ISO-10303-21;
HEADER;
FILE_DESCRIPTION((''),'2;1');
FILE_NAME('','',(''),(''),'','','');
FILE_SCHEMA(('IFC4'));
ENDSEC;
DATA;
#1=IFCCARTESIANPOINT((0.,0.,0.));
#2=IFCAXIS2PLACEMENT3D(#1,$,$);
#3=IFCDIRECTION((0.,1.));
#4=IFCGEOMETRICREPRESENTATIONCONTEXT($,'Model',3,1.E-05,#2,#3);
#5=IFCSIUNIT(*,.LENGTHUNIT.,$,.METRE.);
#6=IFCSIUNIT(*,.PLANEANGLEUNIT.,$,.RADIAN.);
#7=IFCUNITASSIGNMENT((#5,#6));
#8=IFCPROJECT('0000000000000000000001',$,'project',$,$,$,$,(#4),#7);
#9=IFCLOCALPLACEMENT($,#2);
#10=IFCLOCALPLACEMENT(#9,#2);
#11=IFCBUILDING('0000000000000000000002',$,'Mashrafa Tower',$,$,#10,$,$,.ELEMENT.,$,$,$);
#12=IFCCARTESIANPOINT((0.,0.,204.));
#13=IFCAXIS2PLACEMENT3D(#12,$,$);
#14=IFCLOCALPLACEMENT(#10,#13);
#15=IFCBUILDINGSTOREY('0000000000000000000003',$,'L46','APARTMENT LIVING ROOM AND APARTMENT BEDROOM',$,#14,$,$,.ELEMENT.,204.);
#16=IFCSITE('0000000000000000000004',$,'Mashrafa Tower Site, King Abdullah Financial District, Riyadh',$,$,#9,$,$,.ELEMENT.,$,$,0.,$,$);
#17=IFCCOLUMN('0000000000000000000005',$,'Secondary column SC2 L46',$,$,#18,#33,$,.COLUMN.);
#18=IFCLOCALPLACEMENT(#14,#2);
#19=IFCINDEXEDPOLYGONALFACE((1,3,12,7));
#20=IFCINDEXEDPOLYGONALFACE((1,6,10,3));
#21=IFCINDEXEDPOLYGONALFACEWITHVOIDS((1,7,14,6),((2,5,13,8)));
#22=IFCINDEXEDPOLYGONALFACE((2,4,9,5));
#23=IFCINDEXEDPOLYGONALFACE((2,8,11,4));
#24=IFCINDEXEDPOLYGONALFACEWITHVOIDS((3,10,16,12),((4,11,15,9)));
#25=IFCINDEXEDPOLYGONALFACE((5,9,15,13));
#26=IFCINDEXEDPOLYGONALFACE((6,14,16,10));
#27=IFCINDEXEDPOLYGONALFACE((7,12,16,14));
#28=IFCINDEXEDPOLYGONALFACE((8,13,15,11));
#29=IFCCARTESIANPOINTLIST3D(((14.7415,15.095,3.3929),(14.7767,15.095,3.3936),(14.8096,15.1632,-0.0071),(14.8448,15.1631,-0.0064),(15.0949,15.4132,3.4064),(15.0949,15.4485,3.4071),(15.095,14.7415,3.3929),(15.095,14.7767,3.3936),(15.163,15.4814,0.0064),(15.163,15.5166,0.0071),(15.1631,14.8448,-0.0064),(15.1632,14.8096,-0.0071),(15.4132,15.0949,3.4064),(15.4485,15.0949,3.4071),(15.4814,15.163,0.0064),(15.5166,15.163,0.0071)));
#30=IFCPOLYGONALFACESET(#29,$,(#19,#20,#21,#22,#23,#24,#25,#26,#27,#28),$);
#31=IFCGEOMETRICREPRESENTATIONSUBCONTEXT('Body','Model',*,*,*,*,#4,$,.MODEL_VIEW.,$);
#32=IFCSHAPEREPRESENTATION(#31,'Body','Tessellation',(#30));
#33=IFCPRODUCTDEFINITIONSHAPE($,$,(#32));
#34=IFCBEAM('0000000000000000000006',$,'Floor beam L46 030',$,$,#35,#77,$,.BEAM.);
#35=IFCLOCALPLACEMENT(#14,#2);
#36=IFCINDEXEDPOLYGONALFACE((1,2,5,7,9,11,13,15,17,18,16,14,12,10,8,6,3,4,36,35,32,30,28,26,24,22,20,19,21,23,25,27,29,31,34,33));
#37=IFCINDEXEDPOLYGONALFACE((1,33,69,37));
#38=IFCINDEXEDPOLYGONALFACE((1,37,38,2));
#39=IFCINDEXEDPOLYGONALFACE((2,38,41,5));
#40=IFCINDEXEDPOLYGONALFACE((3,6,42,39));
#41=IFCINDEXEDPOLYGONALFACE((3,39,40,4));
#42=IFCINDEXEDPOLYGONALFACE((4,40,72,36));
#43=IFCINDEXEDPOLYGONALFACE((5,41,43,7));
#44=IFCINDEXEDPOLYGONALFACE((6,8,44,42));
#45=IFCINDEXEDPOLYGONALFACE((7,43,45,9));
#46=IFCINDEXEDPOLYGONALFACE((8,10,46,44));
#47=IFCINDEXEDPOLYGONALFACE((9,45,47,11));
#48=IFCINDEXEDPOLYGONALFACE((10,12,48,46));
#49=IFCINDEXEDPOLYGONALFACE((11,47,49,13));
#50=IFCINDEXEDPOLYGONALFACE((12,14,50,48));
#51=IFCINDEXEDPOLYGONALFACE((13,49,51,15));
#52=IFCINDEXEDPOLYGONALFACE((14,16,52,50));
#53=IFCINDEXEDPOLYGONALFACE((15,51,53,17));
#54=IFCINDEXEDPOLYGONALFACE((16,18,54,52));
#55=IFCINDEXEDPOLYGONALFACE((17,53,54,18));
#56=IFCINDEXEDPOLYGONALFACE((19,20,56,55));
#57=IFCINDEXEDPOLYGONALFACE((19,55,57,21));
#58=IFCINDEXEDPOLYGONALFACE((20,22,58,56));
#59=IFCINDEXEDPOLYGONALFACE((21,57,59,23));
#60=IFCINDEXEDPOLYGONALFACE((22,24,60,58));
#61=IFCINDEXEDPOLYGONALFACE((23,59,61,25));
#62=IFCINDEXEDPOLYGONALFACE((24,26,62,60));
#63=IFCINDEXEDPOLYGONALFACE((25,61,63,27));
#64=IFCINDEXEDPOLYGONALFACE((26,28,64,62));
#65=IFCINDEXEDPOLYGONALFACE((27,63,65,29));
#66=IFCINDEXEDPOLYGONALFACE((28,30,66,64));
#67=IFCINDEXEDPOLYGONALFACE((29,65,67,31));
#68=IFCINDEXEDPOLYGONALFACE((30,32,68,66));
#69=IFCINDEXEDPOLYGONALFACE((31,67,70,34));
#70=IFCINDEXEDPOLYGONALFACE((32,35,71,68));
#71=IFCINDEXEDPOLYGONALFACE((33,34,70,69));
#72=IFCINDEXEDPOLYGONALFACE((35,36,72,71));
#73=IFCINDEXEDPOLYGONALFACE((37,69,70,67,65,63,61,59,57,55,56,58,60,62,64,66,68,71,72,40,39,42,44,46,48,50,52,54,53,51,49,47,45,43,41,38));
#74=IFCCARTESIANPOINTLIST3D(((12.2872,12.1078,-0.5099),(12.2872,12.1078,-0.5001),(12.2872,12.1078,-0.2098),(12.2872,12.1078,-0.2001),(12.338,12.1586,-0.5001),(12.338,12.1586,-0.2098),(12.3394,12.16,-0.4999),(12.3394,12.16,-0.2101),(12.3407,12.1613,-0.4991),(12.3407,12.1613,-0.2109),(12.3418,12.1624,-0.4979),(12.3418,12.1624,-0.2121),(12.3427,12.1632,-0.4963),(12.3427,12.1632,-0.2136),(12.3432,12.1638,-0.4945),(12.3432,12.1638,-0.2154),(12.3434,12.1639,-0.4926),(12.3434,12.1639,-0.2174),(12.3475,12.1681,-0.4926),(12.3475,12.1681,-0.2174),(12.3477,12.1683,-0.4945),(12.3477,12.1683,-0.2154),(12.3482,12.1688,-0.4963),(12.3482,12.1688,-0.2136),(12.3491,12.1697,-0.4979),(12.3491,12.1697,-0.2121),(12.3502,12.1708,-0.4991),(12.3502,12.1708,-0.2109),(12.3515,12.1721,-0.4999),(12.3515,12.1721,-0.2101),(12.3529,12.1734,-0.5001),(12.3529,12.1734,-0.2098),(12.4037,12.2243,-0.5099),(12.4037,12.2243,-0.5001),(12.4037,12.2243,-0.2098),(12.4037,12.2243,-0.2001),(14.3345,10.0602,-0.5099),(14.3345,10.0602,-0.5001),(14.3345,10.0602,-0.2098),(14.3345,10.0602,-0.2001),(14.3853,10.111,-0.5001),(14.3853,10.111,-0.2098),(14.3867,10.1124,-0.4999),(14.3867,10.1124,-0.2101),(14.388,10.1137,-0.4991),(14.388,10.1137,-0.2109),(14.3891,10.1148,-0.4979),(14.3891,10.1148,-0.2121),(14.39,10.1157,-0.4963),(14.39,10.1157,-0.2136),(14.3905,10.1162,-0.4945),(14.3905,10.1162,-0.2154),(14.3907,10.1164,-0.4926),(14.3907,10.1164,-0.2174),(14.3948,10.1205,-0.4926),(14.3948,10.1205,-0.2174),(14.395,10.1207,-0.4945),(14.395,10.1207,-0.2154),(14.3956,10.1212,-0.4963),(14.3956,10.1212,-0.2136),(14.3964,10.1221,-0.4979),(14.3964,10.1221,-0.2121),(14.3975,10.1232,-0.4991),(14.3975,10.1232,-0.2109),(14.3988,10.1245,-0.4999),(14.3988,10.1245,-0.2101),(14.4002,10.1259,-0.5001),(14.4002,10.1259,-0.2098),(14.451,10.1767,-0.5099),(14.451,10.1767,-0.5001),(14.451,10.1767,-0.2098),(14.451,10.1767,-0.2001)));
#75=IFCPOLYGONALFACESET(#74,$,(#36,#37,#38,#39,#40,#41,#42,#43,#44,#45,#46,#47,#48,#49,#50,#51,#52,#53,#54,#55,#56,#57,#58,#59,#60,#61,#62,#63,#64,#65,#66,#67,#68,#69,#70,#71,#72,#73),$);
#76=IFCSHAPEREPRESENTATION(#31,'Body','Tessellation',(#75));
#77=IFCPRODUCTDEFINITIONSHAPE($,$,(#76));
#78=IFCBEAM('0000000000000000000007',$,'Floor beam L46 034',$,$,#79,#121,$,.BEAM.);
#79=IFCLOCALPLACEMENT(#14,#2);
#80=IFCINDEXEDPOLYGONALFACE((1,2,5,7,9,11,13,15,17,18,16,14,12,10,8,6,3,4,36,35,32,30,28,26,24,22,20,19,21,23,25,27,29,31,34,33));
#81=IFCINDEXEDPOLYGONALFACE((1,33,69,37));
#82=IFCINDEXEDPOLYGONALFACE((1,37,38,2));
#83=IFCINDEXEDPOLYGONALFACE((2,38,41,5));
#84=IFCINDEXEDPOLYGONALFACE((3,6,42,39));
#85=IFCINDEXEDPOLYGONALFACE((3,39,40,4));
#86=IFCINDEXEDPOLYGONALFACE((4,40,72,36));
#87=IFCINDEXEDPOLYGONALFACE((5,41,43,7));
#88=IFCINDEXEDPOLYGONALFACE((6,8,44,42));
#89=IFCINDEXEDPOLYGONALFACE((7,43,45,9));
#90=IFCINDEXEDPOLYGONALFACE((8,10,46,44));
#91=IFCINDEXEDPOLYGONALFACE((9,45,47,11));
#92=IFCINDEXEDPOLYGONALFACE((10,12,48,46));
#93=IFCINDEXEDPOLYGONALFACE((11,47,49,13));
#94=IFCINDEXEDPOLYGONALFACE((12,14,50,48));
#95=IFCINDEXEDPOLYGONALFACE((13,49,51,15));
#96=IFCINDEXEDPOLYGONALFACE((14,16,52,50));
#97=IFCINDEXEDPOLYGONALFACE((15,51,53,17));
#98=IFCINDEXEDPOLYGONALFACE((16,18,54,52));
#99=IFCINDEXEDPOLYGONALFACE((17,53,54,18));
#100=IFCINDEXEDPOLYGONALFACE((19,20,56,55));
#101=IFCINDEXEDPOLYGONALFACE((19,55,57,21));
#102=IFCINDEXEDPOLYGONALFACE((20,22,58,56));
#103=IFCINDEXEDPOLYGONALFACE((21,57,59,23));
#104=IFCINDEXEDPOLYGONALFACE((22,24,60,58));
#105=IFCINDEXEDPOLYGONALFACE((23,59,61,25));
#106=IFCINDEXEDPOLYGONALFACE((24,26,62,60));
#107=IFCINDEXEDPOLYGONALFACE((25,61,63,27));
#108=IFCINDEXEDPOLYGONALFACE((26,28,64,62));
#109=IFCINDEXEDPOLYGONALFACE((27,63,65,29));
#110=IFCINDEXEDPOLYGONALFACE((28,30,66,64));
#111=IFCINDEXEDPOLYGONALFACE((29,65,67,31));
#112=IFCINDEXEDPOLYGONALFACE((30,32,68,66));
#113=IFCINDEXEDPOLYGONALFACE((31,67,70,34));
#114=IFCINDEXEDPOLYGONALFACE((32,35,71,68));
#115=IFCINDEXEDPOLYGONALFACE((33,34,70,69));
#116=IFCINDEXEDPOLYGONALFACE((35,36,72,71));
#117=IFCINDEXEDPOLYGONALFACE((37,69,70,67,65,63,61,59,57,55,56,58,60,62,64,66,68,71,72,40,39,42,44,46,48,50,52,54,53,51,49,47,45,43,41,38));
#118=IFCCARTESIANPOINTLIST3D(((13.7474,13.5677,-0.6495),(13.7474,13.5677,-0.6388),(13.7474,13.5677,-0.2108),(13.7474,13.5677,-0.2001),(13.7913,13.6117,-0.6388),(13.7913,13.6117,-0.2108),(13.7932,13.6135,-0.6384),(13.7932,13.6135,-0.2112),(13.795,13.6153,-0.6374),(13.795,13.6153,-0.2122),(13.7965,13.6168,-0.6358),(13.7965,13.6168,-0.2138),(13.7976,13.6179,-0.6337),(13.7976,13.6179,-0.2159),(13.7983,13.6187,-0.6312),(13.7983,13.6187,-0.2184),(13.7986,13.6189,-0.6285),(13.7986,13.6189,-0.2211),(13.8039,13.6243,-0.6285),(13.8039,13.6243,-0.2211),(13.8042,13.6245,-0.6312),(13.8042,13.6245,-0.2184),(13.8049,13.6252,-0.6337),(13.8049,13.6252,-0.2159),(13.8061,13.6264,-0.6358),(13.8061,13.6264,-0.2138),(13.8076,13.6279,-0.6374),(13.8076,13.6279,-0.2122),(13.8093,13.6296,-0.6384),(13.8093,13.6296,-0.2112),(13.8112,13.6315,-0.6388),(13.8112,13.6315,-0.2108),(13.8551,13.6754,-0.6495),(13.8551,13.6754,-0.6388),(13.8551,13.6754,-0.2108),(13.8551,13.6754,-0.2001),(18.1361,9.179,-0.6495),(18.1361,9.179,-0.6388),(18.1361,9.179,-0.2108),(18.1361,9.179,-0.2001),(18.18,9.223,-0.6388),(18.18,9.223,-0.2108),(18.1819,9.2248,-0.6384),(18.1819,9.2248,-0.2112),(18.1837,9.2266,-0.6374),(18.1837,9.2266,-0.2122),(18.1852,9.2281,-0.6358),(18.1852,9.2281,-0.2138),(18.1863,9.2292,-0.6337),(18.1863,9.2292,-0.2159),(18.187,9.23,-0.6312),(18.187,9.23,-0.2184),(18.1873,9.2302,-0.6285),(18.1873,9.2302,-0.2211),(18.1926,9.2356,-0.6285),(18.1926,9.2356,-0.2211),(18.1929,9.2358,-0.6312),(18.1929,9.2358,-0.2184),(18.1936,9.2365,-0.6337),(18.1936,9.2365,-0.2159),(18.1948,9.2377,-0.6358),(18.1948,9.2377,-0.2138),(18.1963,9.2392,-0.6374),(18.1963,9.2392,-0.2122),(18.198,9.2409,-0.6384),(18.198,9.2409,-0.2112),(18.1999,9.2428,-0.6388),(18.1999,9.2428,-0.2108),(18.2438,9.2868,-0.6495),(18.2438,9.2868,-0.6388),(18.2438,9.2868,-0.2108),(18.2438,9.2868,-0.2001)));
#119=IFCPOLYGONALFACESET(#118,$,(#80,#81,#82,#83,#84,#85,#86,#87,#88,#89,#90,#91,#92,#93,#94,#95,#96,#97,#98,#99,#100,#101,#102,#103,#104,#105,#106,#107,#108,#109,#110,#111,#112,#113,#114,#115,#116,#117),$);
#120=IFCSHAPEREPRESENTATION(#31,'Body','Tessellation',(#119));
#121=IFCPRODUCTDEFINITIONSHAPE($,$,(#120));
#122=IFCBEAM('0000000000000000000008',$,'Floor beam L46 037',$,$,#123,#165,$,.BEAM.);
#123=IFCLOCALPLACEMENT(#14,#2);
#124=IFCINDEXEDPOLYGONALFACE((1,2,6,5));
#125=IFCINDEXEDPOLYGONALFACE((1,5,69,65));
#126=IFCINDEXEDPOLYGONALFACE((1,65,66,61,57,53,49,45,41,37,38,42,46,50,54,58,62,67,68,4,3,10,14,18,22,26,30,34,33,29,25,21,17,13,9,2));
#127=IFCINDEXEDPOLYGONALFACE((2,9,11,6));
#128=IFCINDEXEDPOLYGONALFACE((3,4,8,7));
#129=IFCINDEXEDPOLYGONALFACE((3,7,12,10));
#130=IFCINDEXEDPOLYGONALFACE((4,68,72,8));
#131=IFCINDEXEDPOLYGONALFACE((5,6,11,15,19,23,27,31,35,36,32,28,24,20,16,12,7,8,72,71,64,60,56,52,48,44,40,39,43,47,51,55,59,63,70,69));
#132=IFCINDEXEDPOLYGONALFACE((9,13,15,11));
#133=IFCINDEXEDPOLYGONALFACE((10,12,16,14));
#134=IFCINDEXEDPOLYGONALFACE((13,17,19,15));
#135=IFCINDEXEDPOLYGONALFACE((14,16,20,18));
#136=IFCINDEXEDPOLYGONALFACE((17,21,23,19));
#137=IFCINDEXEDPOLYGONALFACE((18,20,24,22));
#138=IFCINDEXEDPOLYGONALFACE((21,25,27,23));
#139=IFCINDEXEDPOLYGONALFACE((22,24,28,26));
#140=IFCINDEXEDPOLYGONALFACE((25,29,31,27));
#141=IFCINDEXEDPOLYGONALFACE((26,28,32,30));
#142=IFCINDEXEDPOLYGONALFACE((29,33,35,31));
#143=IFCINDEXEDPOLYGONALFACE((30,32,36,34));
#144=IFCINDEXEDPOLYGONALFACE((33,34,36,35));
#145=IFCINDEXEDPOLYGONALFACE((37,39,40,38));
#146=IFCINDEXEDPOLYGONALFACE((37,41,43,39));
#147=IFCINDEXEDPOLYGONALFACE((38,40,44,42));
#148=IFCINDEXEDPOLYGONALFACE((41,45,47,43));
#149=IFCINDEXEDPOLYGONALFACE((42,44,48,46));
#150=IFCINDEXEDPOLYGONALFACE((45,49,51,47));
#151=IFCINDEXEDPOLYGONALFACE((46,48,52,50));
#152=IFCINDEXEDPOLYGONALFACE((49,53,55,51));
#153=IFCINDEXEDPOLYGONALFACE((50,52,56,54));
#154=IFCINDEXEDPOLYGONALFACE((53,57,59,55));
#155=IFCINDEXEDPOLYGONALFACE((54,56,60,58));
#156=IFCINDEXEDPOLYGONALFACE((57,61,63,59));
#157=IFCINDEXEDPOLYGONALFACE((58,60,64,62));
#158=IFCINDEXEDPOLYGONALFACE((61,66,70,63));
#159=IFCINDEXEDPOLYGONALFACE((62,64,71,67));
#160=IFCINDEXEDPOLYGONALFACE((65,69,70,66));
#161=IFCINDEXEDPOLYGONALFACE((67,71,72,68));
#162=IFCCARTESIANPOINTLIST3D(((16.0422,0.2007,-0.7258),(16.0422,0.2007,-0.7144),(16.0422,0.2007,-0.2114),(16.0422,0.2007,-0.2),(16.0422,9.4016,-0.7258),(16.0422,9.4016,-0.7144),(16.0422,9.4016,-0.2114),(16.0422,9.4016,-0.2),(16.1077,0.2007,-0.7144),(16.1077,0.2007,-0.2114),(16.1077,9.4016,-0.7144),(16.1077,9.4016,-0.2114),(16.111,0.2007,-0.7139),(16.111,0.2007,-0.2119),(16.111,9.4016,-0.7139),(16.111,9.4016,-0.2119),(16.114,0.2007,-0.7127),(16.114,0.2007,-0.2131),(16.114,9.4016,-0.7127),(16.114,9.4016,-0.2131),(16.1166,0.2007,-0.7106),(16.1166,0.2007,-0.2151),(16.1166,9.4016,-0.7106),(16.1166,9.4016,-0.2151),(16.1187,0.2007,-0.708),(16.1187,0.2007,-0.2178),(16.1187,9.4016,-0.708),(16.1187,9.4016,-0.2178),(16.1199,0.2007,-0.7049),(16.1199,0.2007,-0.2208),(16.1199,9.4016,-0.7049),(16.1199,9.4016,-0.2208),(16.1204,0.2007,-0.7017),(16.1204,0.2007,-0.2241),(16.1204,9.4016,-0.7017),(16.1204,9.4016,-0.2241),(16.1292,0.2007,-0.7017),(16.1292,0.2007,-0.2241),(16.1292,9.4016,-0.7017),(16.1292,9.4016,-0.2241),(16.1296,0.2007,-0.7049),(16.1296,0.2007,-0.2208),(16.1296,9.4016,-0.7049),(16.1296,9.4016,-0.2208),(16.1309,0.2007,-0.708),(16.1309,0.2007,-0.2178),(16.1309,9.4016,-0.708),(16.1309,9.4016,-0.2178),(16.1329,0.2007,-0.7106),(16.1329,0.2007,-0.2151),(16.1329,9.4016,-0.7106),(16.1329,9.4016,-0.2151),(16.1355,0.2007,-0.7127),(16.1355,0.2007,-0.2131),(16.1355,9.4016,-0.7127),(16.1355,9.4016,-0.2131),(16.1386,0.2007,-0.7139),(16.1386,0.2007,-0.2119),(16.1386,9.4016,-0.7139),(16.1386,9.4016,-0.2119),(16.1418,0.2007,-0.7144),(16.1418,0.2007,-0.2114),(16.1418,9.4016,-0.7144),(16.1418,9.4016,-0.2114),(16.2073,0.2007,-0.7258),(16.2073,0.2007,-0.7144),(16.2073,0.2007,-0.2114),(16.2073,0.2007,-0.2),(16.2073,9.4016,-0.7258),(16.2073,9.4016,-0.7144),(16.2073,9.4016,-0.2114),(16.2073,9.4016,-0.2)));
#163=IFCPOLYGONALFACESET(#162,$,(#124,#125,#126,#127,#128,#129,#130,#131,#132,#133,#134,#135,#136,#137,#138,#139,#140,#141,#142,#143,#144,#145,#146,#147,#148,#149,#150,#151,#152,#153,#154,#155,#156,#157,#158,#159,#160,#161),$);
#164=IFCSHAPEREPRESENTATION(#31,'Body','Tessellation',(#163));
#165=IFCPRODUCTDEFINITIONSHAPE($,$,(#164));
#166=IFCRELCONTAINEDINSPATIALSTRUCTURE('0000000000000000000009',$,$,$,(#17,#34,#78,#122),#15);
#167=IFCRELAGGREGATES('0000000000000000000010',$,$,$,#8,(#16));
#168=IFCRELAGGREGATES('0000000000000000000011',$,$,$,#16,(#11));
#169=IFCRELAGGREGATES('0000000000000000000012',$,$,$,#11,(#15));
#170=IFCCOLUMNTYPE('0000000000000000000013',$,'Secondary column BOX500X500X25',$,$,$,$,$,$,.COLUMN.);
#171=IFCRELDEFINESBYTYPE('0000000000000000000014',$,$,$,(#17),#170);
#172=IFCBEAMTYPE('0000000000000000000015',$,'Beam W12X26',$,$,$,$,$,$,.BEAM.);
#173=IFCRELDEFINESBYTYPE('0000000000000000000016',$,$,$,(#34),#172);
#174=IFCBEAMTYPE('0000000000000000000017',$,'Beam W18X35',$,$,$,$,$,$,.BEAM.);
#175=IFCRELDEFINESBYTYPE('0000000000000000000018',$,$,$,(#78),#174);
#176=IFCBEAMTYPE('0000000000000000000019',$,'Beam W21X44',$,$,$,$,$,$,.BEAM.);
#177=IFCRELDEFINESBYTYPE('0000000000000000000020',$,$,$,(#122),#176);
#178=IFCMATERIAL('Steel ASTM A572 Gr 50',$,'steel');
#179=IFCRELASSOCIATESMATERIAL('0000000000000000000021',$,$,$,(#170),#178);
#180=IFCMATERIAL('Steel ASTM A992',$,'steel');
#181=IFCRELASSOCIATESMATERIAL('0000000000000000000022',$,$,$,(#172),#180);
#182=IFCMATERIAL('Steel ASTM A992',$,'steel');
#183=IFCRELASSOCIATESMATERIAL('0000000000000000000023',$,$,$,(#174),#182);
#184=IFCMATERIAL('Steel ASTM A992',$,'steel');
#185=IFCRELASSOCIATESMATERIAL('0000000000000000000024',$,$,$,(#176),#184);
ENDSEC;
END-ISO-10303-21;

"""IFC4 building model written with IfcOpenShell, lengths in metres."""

from ifc_helpers import new_model, si_unit, direction, frame, origin, origin_2d, place, context, subcontext, project, spatial, hollow_rectangle, i_section, extrude, material, material_profile, profile_set, type_object, element, save


model = new_model("IFC4")

# Units and contexts
model_context = context("Model", 3, precision=1e-05, world=origin(), true_north=direction((0.0, 1.0)))
body_context = subcontext(model_context, "Body", "Model", "MODEL_VIEW")
ifc_project = project(units=[si_unit("LENGTHUNIT", "METRE"), si_unit("PLANEANGLEUNIT", "RADIAN")], contexts=[model_context])

# Site, building, storey
site_placement = place(None, origin())
site = spatial("IfcSite", under=ifc_project, at=site_placement, Name="Mashrafa Tower Site, King Abdullah Financial District, Riyadh", CompositionType="ELEMENT", RefElevation=0.0)
building_placement = place(site_placement, origin())
building = spatial("IfcBuilding", under=site, at=building_placement, Name="Mashrafa Tower", CompositionType="ELEMENT")
storey_placement = place(building_placement, frame((0.0, 0.0, 204.0)))
storey = spatial("IfcBuildingStorey", under=building, at=storey_placement, Name="L46", Description="APARTMENT LIVING ROOM AND APARTMENT BEDROOM", CompositionType="ELEMENT", Elevation=204.0)

# Column
ifc_material_1 = material(Name="Steel ASTM A572 Gr 50", Category="steel")
ifc_material_profile_1 = material_profile(ifc_material_1, hollow_rectangle(XDim=0.5, YDim=0.5, WallThickness=0.0249, at=origin_2d()), Name="BOX500X500X25")
ifc_profile_set_1 = profile_set([ifc_material_profile_1], Name="Steel ASTM A572 Gr 50")
column_type = type_object("IfcColumnType", Name="Secondary column BOX500X500X25", PredefinedType="COLUMN", material=ifc_profile_set_1)
column_placement = place(storey_placement, frame((15.1631, 15.1631, 0.0), z_axis=(-0.020026, -0.020026, 0.999599), x_axis=(0.707107, -0.707107, 0.0)))
element("IfcColumn", 1, at=column_placement, inside=storey, type_object=column_type, Name="Secondary column SC2 L46", PredefinedType="COLUMN", context=body_context, shape_type="SweptSolid", body=[
    extrude(hollow_rectangle(XDim=0.5, YDim=0.5, WallThickness=0.0249, at=origin_2d()), origin(), (0.0, 0.0, 1.0), 3.4014),
])

# Beams
ifc_material_2 = material(Name="Steel ASTM A992", Category="steel")
ifc_material_profile_2 = material_profile(ifc_material_2, i_section(OverallWidth=0.1648, OverallDepth=0.3098, WebThickness=0.0059, FlangeThickness=0.0098, FilletRadius=0.0076, at=origin_2d()), Name="W12X26")
ifc_profile_set_2 = profile_set([ifc_material_profile_2], Name="Steel ASTM A992")
beam_type_1 = type_object("IfcBeamType", Name="Beam W12X26", PredefinedType="BEAM", material=ifc_profile_set_2)
beam_1_placement = place(storey_placement, frame((12.3455, 12.166, -0.355), z_axis=(0.707065, -0.707149, 0.0), x_axis=(0.707149, 0.707065, 0.0)))
element("IfcBeam", 2, at=beam_1_placement, inside=storey, type_object=beam_type_1, Name="Floor beam L46 030", PredefinedType="BEAM", context=body_context, shape_type="SweptSolid", body=[
    extrude(i_section(OverallWidth=0.1648, OverallDepth=0.3098, WebThickness=0.0059, FlangeThickness=0.0098, FilletRadius=0.0076, at=origin_2d()), origin(), (0.0, 0.0, 1.0), 2.8955),
])
ifc_material_3 = material(Name="Steel ASTM A992", Category="steel")
ifc_material_profile_3 = material_profile(ifc_material_3, i_section(OverallWidth=0.1523, OverallDepth=0.4495, WebThickness=0.0076, FlangeThickness=0.0107, FilletRadius=0.0103, at=origin_2d()), Name="W18X35")
ifc_profile_set_3 = profile_set([ifc_material_profile_3], Name="Steel ASTM A992")
beam_type_2 = type_object("IfcBeamType", Name="Beam W18X35", PredefinedType="BEAM", material=ifc_profile_set_3)
beam_2_placement = place(storey_placement, frame((13.8013, 13.6216, -0.4248), z_axis=(0.707107, -0.707107, 0.0), x_axis=(0.707107, 0.707107, 0.0)))
element("IfcBeam", 3, at=beam_2_placement, inside=storey, type_object=beam_type_2, Name="Floor beam L46 034", PredefinedType="BEAM", context=body_context, shape_type="SweptSolid", body=[
    extrude(i_section(OverallWidth=0.1523, OverallDepth=0.4495, WebThickness=0.0076, FlangeThickness=0.0107, FilletRadius=0.0103, at=origin_2d()), origin(), (0.0, 0.0, 1.0), 6.2065),
])
ifc_material_4 = material(Name="Steel ASTM A992", Category="steel")
ifc_material_profile_4 = material_profile(ifc_material_4, i_section(OverallWidth=0.165, OverallDepth=0.5259, WebThickness=0.0088, FlangeThickness=0.0115, FilletRadius=0.0127, at=origin_2d()), Name="W21X44")
ifc_profile_set_4 = profile_set([ifc_material_profile_4], Name="Steel ASTM A992")
beam_type_3 = type_object("IfcBeamType", Name="Beam W21X44", PredefinedType="BEAM", material=ifc_profile_set_4)
beam_3_placement = place(storey_placement, frame((16.1248, 9.4016, -0.4629), z_axis=(0.0, -1.0, 0.0), x_axis=(1.0, 0.0, 0.0)))
element("IfcBeam", 4, at=beam_3_placement, inside=storey, type_object=beam_type_3, Name="Floor beam L46 037", PredefinedType="BEAM", context=body_context, shape_type="SweptSolid", body=[
    extrude(i_section(OverallWidth=0.165, OverallDepth=0.5259, WebThickness=0.0088, FlangeThickness=0.0115, FilletRadius=0.0127, at=origin_2d()), origin(), (0.0, 0.0, 1.0), 9.2009),
])

save(model, "model.ifc")
